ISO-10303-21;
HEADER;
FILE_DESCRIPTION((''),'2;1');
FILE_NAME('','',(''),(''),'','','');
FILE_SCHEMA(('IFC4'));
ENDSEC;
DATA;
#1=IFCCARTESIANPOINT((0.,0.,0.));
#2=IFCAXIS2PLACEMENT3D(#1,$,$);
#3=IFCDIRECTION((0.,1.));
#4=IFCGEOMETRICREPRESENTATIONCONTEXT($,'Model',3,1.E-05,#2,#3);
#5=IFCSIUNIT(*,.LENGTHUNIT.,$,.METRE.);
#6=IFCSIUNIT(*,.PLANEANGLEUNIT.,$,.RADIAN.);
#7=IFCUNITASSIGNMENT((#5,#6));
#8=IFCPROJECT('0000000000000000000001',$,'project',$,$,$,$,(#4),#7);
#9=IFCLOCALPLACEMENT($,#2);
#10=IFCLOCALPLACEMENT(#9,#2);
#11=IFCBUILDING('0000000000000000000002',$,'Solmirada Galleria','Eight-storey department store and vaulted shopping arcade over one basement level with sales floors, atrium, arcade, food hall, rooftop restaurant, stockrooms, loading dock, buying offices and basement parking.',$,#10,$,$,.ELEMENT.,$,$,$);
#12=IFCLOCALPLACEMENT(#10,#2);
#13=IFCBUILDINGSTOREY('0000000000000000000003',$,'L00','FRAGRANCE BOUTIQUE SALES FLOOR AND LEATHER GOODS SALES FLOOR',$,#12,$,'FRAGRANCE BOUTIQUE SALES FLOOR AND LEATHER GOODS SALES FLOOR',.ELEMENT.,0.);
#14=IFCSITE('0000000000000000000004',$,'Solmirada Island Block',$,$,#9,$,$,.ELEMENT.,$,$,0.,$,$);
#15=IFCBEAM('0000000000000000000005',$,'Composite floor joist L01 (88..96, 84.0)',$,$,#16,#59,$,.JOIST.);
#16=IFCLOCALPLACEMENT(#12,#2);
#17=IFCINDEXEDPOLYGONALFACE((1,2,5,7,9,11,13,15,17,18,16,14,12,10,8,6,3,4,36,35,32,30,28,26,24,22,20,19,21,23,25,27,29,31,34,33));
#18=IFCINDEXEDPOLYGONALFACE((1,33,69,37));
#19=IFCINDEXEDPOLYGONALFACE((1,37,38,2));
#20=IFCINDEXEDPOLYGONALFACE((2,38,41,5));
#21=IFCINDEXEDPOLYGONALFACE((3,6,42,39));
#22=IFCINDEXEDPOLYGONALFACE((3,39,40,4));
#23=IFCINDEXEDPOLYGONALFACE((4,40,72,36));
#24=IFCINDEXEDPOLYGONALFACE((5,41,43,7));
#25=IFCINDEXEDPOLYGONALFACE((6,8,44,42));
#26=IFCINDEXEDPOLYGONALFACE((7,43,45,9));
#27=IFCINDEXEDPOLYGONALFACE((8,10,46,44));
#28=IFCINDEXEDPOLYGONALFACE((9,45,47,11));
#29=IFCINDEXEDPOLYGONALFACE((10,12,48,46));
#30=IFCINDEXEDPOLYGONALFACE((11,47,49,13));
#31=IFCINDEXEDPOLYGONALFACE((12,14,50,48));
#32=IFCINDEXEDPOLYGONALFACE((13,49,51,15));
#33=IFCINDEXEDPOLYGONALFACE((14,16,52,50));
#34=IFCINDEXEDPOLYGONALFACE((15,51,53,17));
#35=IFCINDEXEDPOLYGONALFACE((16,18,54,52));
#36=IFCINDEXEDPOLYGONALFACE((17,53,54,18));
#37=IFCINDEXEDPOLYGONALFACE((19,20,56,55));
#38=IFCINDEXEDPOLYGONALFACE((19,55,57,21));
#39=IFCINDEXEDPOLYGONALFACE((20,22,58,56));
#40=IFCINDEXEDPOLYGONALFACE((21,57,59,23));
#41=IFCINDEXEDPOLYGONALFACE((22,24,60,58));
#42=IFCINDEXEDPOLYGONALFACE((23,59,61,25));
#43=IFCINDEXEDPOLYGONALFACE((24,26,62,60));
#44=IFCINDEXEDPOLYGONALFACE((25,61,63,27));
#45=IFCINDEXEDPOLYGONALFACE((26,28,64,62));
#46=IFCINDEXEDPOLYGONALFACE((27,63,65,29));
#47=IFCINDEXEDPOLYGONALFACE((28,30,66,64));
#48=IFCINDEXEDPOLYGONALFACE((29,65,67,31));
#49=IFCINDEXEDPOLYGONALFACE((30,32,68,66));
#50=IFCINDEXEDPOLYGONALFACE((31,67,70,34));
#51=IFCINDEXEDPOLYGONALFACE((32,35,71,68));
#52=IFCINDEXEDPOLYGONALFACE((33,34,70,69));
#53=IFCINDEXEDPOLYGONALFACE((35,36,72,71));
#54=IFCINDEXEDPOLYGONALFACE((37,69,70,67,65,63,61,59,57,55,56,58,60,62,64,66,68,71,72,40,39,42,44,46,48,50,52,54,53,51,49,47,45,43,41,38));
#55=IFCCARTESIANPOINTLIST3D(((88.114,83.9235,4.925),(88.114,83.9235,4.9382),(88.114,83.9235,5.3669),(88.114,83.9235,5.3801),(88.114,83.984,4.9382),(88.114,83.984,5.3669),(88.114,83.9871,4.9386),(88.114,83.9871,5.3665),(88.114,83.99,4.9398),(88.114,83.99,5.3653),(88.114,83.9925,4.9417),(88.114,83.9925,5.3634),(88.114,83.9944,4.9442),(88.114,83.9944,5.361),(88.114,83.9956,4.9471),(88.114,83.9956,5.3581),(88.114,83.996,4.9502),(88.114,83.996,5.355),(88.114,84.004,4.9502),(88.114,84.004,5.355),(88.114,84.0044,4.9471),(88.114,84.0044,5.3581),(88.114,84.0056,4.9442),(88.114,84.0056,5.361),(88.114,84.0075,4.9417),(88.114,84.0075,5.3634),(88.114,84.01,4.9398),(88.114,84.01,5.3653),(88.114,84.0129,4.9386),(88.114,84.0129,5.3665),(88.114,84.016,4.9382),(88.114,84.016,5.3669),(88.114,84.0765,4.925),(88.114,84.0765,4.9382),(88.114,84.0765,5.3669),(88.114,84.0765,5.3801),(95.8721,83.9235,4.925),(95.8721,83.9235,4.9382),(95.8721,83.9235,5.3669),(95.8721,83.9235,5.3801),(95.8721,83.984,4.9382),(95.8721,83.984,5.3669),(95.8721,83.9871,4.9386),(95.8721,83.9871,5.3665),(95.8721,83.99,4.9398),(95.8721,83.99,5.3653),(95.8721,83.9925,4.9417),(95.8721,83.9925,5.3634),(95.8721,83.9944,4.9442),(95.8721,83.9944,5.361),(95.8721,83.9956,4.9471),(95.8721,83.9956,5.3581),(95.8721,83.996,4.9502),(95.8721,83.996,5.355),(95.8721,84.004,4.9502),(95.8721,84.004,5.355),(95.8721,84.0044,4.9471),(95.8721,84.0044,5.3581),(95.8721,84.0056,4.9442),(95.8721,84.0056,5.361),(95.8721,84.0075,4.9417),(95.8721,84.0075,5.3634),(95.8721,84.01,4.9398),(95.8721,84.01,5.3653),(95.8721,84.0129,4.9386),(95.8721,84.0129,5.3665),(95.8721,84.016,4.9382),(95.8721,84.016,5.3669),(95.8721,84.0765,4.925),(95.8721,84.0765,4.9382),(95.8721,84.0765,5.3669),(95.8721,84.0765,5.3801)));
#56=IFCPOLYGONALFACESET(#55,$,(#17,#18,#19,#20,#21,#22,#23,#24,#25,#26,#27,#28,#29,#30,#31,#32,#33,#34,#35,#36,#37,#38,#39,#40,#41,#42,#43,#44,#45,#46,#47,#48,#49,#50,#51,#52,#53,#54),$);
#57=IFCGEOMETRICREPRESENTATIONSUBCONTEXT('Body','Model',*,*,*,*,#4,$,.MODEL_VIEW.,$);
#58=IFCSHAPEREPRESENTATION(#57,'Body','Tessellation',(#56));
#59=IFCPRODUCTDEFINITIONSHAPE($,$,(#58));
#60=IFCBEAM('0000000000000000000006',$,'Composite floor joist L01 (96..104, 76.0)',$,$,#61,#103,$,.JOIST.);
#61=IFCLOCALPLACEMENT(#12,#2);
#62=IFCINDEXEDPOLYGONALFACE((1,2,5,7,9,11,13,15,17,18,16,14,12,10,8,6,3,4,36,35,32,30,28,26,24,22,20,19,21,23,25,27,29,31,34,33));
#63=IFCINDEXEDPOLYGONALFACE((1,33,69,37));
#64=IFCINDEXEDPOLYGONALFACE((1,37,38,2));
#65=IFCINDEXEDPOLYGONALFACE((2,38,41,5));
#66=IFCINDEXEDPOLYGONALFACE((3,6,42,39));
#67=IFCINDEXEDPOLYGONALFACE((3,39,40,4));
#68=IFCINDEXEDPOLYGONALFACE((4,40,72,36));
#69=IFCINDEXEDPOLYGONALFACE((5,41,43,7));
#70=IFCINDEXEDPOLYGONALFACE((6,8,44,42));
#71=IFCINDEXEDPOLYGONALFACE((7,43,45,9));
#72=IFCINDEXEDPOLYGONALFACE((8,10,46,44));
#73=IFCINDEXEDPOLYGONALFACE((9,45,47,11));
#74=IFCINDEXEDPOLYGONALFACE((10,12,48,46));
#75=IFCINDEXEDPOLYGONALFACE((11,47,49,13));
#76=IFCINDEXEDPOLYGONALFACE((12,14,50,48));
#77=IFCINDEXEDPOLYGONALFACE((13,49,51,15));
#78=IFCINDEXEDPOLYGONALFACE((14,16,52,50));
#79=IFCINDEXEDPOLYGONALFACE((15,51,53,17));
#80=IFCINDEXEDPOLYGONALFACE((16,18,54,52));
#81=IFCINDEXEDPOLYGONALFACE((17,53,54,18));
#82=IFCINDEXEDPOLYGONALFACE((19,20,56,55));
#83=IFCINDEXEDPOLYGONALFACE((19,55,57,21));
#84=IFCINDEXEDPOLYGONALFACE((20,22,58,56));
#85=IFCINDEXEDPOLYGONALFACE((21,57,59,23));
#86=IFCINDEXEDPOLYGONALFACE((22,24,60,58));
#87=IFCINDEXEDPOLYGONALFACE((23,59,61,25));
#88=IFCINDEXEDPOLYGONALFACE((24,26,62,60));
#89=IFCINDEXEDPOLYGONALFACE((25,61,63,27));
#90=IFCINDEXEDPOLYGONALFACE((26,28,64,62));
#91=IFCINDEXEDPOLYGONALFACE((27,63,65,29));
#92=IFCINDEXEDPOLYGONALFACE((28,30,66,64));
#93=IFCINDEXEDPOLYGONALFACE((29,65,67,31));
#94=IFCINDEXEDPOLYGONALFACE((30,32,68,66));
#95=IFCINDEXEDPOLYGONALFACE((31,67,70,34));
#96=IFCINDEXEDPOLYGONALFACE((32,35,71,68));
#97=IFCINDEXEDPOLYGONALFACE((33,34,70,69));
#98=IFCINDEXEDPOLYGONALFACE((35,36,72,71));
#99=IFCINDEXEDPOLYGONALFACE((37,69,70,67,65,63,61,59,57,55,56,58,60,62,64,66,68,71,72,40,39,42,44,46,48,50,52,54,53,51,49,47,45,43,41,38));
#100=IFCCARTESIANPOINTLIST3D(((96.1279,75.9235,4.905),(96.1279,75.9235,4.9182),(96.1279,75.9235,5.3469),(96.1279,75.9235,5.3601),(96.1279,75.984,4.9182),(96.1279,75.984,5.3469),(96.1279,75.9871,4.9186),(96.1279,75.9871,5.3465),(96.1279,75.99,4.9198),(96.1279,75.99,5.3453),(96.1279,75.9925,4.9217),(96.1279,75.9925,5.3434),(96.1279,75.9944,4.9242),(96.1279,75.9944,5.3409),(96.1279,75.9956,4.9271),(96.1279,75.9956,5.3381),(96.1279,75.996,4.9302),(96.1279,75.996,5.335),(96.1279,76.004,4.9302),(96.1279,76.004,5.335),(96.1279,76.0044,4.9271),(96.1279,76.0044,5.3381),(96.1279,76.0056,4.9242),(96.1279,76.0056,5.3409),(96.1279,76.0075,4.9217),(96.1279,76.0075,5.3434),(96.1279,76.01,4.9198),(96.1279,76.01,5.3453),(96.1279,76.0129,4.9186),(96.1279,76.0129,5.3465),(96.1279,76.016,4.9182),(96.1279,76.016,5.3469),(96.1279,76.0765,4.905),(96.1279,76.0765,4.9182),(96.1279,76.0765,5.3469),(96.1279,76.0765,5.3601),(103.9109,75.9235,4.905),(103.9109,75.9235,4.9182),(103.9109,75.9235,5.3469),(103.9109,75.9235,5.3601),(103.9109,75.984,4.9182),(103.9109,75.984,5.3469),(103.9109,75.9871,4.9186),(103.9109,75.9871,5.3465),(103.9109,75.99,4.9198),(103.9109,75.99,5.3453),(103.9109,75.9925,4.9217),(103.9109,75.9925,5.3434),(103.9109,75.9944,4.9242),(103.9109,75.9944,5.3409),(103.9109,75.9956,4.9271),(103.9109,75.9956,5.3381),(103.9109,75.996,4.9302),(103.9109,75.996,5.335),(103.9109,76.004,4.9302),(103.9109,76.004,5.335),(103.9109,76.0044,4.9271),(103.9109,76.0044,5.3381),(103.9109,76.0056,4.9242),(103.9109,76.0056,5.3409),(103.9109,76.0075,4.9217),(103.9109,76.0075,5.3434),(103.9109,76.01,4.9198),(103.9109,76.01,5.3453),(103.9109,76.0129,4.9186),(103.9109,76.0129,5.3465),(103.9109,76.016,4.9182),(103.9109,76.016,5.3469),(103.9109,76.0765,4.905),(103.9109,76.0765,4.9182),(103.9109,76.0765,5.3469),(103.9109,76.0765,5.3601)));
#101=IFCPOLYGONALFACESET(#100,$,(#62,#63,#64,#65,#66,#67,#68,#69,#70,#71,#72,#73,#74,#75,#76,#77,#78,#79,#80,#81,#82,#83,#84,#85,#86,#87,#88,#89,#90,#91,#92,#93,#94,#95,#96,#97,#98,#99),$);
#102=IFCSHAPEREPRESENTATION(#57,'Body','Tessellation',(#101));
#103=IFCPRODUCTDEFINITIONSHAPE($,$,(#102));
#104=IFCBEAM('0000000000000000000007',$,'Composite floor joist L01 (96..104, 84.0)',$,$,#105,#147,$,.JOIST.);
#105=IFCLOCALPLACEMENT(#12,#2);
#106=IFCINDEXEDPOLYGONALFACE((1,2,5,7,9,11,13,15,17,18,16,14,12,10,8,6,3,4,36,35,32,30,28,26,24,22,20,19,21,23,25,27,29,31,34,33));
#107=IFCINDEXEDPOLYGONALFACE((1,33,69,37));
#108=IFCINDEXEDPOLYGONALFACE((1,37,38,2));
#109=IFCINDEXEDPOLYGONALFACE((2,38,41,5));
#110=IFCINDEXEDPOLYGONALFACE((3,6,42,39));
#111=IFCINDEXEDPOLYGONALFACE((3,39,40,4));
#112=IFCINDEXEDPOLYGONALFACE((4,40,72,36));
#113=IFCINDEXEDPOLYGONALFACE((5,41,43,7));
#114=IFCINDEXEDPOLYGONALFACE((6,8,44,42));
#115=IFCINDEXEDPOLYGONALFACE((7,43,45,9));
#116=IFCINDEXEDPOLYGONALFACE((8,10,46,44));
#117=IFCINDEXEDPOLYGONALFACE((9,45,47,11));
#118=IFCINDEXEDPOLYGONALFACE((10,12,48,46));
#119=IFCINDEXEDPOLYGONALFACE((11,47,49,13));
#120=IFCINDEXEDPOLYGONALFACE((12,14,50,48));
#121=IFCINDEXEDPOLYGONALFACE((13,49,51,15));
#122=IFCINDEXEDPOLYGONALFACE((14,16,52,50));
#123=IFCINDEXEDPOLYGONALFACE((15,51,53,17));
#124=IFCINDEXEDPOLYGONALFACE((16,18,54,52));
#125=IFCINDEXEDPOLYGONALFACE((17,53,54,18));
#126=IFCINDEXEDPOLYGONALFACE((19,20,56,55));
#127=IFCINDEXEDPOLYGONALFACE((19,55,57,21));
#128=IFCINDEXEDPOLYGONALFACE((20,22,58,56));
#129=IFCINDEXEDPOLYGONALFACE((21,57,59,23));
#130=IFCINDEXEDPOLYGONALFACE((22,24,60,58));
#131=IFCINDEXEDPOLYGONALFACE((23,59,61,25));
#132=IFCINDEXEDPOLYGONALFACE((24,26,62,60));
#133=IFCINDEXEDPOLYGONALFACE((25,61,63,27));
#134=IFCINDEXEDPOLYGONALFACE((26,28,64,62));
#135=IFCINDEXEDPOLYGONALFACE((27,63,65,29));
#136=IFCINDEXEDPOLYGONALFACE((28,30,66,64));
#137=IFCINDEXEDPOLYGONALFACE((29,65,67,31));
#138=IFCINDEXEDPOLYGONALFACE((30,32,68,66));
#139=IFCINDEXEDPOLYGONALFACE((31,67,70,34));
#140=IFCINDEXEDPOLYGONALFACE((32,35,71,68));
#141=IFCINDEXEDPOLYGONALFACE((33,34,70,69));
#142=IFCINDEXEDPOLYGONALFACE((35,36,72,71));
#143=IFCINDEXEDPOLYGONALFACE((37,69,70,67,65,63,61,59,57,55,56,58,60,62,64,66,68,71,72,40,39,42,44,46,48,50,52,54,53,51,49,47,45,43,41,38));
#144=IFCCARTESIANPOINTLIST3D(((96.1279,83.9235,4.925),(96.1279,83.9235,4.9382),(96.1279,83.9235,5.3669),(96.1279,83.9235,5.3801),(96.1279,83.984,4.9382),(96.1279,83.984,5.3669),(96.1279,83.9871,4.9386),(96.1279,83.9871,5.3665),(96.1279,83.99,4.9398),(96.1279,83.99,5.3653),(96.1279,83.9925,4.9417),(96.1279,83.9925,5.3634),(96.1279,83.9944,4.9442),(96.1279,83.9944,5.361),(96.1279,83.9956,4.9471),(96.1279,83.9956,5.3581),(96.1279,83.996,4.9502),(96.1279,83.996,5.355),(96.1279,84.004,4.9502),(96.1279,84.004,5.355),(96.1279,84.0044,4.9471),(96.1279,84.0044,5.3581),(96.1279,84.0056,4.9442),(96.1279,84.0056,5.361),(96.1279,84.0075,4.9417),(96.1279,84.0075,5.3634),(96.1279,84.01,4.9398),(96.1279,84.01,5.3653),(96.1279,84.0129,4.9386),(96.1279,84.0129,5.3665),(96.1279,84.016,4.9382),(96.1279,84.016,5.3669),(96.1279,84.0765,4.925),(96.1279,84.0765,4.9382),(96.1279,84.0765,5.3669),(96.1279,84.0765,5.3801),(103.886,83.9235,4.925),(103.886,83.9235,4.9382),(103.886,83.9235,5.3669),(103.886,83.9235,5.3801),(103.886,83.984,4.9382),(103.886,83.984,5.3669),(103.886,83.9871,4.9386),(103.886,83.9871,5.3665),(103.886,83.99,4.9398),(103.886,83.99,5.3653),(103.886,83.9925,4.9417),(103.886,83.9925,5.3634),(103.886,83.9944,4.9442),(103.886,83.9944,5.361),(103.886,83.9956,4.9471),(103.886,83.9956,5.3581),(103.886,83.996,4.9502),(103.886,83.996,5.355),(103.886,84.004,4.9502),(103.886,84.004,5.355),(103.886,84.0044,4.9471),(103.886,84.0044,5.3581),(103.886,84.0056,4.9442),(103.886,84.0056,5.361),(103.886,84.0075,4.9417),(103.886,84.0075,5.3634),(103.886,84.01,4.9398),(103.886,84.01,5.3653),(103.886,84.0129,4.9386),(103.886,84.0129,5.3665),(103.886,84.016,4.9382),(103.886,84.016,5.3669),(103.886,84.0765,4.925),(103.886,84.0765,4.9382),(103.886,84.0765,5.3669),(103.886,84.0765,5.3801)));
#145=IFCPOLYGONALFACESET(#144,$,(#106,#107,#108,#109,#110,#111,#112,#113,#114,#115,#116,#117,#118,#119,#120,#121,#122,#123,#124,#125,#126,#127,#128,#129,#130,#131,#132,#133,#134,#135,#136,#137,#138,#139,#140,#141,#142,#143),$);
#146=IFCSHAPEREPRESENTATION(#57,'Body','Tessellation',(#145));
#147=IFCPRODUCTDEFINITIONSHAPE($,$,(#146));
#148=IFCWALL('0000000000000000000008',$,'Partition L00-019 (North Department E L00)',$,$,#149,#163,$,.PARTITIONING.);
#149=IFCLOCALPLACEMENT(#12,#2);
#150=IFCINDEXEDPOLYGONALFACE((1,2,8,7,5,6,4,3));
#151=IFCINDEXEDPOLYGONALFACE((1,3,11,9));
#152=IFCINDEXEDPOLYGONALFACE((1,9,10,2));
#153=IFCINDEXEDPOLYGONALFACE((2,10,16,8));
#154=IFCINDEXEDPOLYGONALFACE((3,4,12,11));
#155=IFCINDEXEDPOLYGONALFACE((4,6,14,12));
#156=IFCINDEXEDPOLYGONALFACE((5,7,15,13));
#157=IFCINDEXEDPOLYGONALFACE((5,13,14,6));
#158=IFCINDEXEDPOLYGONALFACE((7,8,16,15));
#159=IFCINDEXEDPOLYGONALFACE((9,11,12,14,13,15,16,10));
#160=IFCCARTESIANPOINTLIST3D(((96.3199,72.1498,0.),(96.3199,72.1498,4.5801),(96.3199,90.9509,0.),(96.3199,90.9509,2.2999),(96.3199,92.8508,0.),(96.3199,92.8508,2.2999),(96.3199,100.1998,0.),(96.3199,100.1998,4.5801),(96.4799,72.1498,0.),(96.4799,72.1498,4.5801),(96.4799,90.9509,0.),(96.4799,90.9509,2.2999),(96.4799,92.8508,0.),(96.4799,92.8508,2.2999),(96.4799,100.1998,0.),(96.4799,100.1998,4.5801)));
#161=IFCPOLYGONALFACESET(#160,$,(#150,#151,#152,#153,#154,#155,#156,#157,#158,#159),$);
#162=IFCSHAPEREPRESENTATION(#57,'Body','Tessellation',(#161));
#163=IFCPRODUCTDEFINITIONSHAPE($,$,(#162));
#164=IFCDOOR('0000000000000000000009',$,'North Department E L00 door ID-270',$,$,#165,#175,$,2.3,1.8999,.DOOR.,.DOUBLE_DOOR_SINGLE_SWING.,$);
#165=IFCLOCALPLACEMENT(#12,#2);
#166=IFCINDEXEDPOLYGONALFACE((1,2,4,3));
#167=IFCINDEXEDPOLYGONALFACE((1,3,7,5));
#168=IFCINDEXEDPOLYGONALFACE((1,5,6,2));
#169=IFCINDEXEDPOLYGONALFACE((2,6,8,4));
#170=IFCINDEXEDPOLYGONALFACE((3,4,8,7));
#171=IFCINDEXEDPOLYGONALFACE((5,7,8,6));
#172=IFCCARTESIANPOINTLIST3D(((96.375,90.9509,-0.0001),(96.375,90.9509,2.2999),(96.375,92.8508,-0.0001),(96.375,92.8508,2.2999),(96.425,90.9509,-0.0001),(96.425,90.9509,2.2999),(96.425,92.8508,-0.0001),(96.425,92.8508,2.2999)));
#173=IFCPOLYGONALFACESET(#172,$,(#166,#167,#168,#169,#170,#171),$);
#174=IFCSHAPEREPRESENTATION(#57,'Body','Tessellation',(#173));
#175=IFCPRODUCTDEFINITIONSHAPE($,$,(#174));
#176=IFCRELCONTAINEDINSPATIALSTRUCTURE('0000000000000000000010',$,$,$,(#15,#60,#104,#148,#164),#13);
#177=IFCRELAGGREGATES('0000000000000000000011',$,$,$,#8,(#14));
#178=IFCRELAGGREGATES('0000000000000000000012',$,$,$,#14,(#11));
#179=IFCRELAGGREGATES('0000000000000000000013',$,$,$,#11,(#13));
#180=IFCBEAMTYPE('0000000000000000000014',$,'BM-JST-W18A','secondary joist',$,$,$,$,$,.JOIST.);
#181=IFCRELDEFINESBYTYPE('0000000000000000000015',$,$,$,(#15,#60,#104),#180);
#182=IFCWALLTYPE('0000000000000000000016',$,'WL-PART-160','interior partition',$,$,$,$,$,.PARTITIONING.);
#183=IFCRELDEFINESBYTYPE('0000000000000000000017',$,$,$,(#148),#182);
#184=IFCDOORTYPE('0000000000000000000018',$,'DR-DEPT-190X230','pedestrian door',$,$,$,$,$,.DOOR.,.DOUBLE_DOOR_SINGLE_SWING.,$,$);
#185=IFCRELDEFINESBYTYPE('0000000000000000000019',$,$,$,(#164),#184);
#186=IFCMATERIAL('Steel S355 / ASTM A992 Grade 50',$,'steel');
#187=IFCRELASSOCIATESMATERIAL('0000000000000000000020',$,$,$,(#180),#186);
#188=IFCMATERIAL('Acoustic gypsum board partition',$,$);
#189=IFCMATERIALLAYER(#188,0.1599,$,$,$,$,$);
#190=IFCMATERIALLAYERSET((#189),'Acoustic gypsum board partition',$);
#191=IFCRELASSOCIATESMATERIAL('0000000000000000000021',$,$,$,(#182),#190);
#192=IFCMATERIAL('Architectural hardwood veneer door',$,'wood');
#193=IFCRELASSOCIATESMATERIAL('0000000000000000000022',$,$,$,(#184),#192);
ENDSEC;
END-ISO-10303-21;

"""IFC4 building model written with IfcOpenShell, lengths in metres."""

from ifc_helpers import new_model, si_unit, direction, frame, frame_2d, origin, origin_2d, place, context, subcontext, project, spatial, rectangle, i_section, extrude, material, layer, layer_set, material_profile, profile_set, type_object, element, fill, save


model = new_model("IFC4")

# Units and contexts
model_context = context("Model", 3, precision=1e-05, world=origin(), true_north=direction((0.0, 1.0)))
body_context = subcontext(model_context, "Body", "Model", "MODEL_VIEW")
ifc_project = project(units=[si_unit("LENGTHUNIT", "METRE"), si_unit("PLANEANGLEUNIT", "RADIAN")], contexts=[model_context])

# Site, building, storey
site_placement = place(None, origin())
site = spatial("IfcSite", under=ifc_project, at=site_placement, Name="Solmirada Island Block", CompositionType="ELEMENT", RefElevation=0.0)
building_placement = place(site_placement, origin())
building = spatial("IfcBuilding", under=site, at=building_placement, Name="Solmirada Galleria", Description="Eight-storey department store and vaulted shopping arcade over one basement level with sales floors, atrium, arcade, food hall, rooftop restaurant, stockrooms, loading dock, buying offices and basement parking.", CompositionType="ELEMENT")
storey_placement = place(building_placement, origin())
storey = spatial("IfcBuildingStorey", under=building, at=storey_placement, Name="L00", Description="FRAGRANCE BOUTIQUE SALES FLOOR AND LEATHER GOODS SALES FLOOR", LongName="FRAGRANCE BOUTIQUE SALES FLOOR AND LEATHER GOODS SALES FLOOR", CompositionType="ELEMENT", Elevation=0.0)

# Beams
ifc_material_1 = material(Name="Steel S355 / ASTM A992 Grade 50", Category="steel")
ifc_material_profile_1 = material_profile(ifc_material_1, i_section(OverallWidth=0.1531, OverallDepth=0.4551, WebThickness=0.0081, FlangeThickness=0.0132, FilletRadius=0.012, at=origin_2d()), Name="W18X40")
ifc_profile_set_1 = profile_set([ifc_material_profile_1], Name="Steel S355 / ASTM A992 Grade 50")
beam_type_1 = type_object("IfcBeamType", Name="BM-JST-W18A", Description="secondary joist", PredefinedType="JOIST", material=ifc_profile_set_1)
beam_1_placement = place(storey_placement, frame((88.114, 84.0, 5.1526), z_axis=(1.0, 0.0, 0.0), x_axis=(0.0, 1.0, 0.0)))
element("IfcBeam", 1, at=beam_1_placement, inside=storey, type_object=beam_type_1, Name="Composite floor joist L01 (88..96, 84.0)", PredefinedType="JOIST", context=body_context, shape_type="SweptSolid", body=[
    extrude(i_section(OverallWidth=0.1531, OverallDepth=0.4551, WebThickness=0.0081, FlangeThickness=0.0132, FilletRadius=0.012, at=origin_2d()), origin(), (0.0, 0.0, 1.0), 7.7581),
])
beam_2_placement = place(storey_placement, frame((96.1279, 76.0, 5.1326), z_axis=(1.0, 0.0, 0.0), x_axis=(0.0, 1.0, 0.0)))
element("IfcBeam", 2, at=beam_2_placement, inside=storey, type_object=beam_type_1, Name="Composite floor joist L01 (96..104, 76.0)", PredefinedType="JOIST", context=body_context, shape_type="SweptSolid", body=[
    extrude(i_section(OverallWidth=0.1531, OverallDepth=0.4551, WebThickness=0.0081, FlangeThickness=0.0132, FilletRadius=0.012, at=origin_2d()), origin(), (0.0, 0.0, 1.0), 7.783),
])
beam_3_placement = place(storey_placement, frame((96.1279, 84.0, 5.1526), z_axis=(1.0, 0.0, 0.0), x_axis=(0.0, 1.0, 0.0)))
element("IfcBeam", 3, at=beam_3_placement, inside=storey, type_object=beam_type_1, Name="Composite floor joist L01 (96..104, 84.0)", PredefinedType="JOIST", context=body_context, shape_type="SweptSolid", body=[
    extrude(i_section(OverallWidth=0.1531, OverallDepth=0.4551, WebThickness=0.0081, FlangeThickness=0.0132, FilletRadius=0.012, at=origin_2d()), origin(), (0.0, 0.0, 1.0), 7.7581),
])

# Wall, opening, door
ifc_material_2 = material(Name="Acoustic gypsum board partition")
ifc_layer = layer(ifc_material_2, 0.1599)
ifc_layer_set = layer_set([ifc_layer], Name="Acoustic gypsum board partition")
wall_type = type_object("IfcWallType", Name="WL-PART-160", Description="interior partition", PredefinedType="PARTITIONING", material=ifc_layer_set)
wall_placement = place(storey_placement, frame((96.3999, 72.1499, 0.0), z_axis=(0.0, 0.0, 1.0), x_axis=(0.0, 1.0, 0.0)))
wall = element("IfcWall", 4, at=wall_placement, inside=storey, type_object=wall_type, Name="Partition L00-019 (North Department E L00)", PredefinedType="PARTITIONING", context=body_context, shape_type="SweptSolid", body=[
    extrude(rectangle(XDim=28.05, YDim=0.1599, at=frame_2d((14.0249, 0.0))), origin(), (0.0, 0.0, 1.0), 4.5801),
])
opening_placement = place(wall_placement, frame((18.801, 0.0, 0.0)))
opening = element("IfcOpeningElement", 5, at=opening_placement, cuts=wall, PredefinedType="OPENING", context=body_context, shape_type="SweptSolid", body=[
    extrude(rectangle(XDim=1.8999, YDim=2.3, at=frame_2d((0.95, 1.1499))), frame((0.0, 0.0898, 0.0), z_axis=(0.0, -1.0, 0.0), x_axis=(1.0, 0.0, 0.0)), (0.0, 0.0, 1.0), 0.1799),
])
ifc_material_3 = material(Name="Architectural hardwood veneer door", Category="wood")
door_type = type_object("IfcDoorType", Name="DR-DEPT-190X230", Description="pedestrian door", OperationType="DOUBLE_DOOR_SINGLE_SWING", PredefinedType="DOOR", material=ifc_material_3)
door_placement = place(opening_placement, origin())
door = element("IfcDoor", 6, at=door_placement, inside=storey, type_object=door_type, Name="North Department E L00 door ID-270", OperationType="DOUBLE_DOOR_SINGLE_SWING", OverallHeight=2.3, OverallWidth=1.8999, PredefinedType="DOOR", context=body_context, shape_type="SweptSolid", body=[
    extrude(rectangle(XDim=1.8999, YDim=2.3, at=frame_2d((0.95, 1.1499))), frame((0.0, 0.0249, 0.0), z_axis=(0.0, -1.0, 0.0), x_axis=(1.0, 0.0, 0.0)), (0.0, 0.0, 1.0), 0.05),
])
fill(opening, door)

save(model, "model.ifc")
